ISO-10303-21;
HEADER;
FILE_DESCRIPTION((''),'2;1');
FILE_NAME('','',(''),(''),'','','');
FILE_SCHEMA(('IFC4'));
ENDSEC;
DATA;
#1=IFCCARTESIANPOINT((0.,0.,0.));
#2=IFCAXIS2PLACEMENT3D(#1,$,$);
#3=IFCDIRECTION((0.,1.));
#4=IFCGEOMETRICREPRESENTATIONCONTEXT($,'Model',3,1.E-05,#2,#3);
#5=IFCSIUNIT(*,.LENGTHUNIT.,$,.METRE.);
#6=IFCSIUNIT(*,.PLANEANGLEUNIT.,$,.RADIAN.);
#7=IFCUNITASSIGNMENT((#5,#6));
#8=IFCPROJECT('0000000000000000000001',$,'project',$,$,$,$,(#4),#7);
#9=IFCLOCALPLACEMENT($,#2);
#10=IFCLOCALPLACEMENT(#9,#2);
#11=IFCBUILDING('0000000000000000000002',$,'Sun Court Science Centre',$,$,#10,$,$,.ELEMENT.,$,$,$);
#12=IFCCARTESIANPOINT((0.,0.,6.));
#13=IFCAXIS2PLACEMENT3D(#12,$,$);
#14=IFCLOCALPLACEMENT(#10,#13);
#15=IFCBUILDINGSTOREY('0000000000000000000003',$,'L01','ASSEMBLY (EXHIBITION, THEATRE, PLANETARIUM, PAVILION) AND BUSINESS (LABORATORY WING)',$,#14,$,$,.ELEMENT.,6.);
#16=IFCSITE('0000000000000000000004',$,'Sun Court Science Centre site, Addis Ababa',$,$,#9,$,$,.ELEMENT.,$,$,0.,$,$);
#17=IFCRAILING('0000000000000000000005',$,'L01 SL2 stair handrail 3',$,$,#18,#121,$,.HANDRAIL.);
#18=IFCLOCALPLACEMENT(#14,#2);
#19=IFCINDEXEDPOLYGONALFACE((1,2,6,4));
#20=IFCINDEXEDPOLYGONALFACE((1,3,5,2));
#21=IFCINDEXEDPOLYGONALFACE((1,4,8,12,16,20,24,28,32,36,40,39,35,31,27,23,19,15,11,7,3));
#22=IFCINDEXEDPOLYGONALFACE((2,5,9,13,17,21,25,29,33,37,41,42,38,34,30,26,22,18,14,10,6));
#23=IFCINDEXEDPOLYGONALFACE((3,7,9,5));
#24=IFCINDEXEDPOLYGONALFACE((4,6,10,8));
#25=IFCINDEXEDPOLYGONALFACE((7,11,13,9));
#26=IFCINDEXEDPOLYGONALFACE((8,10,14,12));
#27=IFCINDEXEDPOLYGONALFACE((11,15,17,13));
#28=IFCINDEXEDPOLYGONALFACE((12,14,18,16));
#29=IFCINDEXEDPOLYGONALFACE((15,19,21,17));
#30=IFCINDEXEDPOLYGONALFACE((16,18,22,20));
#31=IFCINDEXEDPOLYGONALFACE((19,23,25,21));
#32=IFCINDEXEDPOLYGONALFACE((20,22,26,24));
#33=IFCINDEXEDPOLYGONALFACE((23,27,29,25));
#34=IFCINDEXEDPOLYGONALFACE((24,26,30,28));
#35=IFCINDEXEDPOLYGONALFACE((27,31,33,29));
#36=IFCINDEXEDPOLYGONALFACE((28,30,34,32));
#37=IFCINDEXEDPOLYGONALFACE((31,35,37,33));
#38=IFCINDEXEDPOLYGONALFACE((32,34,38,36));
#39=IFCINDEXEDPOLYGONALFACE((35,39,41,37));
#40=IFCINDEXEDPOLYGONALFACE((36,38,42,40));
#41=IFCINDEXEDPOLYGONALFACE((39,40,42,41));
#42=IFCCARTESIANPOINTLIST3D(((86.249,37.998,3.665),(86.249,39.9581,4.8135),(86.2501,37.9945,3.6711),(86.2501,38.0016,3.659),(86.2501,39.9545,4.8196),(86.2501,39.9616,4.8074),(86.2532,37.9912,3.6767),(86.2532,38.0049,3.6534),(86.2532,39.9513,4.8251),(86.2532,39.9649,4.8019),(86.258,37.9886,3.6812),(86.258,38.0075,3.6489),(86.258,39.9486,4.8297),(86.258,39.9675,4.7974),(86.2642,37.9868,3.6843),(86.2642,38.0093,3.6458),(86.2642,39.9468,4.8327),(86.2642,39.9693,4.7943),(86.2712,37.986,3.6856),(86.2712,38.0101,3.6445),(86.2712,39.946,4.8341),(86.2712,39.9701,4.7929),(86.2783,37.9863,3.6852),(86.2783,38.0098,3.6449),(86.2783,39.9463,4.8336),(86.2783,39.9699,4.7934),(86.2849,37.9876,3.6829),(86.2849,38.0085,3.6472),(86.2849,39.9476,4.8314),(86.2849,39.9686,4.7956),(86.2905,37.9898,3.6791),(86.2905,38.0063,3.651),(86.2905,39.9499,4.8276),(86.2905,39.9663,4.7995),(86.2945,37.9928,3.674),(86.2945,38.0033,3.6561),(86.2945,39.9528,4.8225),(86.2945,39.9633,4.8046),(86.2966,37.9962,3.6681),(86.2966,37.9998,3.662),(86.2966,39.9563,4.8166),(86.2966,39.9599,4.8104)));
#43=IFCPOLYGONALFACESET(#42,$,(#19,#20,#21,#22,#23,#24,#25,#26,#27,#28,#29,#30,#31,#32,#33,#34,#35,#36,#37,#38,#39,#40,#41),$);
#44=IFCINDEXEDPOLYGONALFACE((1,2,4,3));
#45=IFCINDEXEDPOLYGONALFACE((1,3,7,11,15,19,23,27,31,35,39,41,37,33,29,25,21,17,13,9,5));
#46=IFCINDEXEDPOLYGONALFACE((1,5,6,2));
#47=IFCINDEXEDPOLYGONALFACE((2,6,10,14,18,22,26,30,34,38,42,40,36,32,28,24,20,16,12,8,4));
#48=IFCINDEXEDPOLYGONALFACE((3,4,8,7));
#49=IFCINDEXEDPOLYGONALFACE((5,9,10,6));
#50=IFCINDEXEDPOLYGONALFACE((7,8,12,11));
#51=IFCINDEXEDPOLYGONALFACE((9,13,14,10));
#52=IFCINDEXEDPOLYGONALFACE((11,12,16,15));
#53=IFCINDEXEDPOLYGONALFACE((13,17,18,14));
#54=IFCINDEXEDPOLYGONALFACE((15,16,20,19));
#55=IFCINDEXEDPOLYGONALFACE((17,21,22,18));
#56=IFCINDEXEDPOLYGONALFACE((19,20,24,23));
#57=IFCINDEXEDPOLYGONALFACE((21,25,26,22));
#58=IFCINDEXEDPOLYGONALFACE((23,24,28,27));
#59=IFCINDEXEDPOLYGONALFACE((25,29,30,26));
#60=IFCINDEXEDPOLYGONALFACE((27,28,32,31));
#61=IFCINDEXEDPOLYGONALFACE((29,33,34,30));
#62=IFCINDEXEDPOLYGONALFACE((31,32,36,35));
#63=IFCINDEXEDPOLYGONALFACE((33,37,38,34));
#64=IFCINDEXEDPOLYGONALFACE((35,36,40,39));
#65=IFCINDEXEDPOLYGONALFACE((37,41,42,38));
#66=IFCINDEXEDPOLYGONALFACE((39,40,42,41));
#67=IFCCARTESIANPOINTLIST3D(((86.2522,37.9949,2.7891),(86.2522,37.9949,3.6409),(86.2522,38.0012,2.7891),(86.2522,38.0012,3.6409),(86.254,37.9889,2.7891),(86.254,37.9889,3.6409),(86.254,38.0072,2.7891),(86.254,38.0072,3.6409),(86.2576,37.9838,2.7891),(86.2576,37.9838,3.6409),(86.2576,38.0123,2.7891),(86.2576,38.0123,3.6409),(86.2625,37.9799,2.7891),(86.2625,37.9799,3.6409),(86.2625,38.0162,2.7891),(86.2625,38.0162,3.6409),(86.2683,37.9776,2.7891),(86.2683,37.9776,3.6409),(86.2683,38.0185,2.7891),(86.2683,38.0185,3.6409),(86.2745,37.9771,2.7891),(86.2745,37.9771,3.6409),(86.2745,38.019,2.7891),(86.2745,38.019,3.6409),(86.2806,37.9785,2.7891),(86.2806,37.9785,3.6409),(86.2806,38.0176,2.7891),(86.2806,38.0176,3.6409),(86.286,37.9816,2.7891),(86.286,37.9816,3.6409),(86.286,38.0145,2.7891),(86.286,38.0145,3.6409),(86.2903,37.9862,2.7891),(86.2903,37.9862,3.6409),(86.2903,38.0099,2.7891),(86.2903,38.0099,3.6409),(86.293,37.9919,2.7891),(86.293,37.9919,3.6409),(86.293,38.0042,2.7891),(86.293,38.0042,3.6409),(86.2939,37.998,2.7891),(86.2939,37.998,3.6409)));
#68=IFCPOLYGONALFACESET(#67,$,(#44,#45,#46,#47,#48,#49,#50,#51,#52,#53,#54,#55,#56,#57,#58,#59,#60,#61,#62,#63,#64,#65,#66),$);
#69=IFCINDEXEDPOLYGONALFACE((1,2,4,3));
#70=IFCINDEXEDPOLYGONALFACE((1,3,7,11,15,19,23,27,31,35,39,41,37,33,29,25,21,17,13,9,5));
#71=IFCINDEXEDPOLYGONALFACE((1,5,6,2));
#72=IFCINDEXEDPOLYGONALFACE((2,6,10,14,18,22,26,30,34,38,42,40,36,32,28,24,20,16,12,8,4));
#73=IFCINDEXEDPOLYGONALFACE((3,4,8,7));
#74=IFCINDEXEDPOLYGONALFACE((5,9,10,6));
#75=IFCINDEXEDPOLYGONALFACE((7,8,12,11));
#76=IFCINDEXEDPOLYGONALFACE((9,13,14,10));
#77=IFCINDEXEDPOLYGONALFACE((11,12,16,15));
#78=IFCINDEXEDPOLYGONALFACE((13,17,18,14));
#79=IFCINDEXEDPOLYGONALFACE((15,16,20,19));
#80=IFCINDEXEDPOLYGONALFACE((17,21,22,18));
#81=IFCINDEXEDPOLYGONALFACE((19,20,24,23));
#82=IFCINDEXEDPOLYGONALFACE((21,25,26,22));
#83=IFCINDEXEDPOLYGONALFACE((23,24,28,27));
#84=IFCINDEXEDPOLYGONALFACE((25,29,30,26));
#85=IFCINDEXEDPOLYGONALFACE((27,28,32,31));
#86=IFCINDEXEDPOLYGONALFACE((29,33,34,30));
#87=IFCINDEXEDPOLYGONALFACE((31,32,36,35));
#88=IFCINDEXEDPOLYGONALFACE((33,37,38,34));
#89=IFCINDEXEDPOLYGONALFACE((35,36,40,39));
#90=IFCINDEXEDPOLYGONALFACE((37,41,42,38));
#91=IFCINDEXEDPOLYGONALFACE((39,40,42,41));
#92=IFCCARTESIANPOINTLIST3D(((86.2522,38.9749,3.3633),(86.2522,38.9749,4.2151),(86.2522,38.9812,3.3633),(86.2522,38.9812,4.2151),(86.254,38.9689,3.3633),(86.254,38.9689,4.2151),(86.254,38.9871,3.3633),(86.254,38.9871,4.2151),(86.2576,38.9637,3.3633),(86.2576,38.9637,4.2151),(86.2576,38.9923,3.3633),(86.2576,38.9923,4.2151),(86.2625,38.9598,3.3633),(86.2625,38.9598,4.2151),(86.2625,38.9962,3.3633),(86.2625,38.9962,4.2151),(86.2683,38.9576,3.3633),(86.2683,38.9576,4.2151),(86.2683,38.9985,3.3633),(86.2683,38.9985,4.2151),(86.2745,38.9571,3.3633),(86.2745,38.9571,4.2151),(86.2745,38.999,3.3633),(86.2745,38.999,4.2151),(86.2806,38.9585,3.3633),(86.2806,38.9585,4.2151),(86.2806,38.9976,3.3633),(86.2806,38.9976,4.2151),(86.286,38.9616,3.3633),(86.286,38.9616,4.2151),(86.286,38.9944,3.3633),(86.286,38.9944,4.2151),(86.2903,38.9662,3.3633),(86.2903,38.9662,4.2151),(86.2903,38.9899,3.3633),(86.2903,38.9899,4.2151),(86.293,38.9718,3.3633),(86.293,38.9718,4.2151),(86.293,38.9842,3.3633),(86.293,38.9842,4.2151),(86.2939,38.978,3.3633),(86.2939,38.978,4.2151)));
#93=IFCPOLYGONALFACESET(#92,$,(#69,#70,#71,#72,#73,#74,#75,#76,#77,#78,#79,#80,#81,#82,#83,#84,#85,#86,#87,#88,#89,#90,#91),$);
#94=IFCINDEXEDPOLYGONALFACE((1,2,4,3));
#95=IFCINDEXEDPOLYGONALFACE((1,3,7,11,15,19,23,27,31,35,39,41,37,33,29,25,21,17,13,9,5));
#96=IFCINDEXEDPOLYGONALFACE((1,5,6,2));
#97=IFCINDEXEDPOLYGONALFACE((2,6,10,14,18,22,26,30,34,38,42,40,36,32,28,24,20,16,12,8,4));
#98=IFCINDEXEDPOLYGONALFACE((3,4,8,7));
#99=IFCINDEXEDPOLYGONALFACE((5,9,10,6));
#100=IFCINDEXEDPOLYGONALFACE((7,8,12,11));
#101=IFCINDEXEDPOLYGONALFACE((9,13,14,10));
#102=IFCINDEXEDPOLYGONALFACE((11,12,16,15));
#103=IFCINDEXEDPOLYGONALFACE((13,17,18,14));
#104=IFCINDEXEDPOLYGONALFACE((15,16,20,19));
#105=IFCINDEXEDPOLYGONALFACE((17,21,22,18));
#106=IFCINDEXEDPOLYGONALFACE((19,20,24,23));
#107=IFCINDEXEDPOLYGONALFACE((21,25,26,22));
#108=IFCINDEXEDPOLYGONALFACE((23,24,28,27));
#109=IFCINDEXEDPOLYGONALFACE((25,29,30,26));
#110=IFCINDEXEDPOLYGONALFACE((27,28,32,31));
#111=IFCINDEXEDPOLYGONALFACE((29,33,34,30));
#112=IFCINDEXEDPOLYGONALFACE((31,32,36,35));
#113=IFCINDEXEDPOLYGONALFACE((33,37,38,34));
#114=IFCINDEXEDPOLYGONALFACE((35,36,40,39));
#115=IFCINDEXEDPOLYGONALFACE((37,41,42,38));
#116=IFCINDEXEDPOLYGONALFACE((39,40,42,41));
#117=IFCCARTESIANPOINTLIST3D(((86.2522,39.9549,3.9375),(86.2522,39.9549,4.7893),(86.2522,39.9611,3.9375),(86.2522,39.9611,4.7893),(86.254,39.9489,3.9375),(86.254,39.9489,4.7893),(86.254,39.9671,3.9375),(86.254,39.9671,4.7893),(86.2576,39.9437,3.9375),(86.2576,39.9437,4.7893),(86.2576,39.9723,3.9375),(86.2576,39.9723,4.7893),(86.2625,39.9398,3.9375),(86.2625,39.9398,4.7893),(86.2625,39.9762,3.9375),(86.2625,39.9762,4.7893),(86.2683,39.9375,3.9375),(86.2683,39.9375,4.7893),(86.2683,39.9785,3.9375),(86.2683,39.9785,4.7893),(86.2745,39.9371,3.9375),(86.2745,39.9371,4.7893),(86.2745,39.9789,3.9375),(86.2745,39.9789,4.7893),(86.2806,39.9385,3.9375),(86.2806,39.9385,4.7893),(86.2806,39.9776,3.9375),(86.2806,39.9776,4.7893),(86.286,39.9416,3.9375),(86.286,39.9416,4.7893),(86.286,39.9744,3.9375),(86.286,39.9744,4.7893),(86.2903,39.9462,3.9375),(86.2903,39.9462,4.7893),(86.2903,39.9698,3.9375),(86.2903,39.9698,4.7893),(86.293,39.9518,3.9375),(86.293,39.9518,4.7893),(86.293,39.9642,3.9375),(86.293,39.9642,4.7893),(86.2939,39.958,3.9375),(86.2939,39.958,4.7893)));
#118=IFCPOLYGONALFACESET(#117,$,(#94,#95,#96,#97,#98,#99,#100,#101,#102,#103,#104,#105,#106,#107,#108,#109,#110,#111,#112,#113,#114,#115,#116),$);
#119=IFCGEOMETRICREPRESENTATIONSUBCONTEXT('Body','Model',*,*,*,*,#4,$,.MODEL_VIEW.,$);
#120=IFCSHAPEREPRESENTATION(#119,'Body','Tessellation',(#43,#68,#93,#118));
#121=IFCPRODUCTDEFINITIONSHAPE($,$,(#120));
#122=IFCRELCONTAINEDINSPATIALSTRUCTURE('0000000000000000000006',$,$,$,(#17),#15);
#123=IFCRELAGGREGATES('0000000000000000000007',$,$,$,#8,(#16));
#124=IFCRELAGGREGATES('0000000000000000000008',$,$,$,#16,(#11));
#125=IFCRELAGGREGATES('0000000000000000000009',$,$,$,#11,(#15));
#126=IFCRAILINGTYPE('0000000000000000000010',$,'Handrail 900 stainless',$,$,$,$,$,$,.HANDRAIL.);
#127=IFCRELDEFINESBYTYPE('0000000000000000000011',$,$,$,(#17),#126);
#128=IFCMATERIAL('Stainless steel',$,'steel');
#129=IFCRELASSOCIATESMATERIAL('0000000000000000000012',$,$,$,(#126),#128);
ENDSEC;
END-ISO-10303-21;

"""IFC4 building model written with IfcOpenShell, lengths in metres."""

from ifc_helpers import new_model, si_unit, direction, frame, origin, origin_2d, place, context, subcontext, project, spatial, circle, extrude, material, type_object, element, save


model = new_model("IFC4")

# Units and contexts
model_context = context("Model", 3, precision=1e-05, world=origin(), true_north=direction((0.0, 1.0)))
body_context = subcontext(model_context, "Body", "Model", "MODEL_VIEW")
ifc_project = project(units=[si_unit("LENGTHUNIT", "METRE"), si_unit("PLANEANGLEUNIT", "RADIAN")], contexts=[model_context])

# Site, building, storey
site_placement = place(None, origin())
site = spatial("IfcSite", under=ifc_project, at=site_placement, Name="Sun Court Science Centre site, Addis Ababa", CompositionType="ELEMENT", RefElevation=0.0)
building_placement = place(site_placement, origin())
building = spatial("IfcBuilding", under=site, at=building_placement, Name="Sun Court Science Centre", CompositionType="ELEMENT")
storey_placement = place(building_placement, frame((0.0, 0.0, 6.0)))
storey = spatial("IfcBuildingStorey", under=building, at=storey_placement, Name="L01", Description="ASSEMBLY (EXHIBITION, THEATRE, PLANETARIUM, PAVILION) AND BUSINESS (LABORATORY WING)", CompositionType="ELEMENT", Elevation=6.0)

# Railing
ifc_material_1 = material(Name="Stainless steel", Category="steel")
railing_type_1 = type_object("IfcRailingType", Name="Handrail 900 stainless", PredefinedType="HANDRAIL", material=ifc_material_1)
railing_1_placement = place(storey_placement, frame((86.2729, 37.998, 2.7891)))
element("IfcRailing", 1, at=railing_1_placement, inside=storey, type_object=railing_type_1, Name="L01 SL2 stair handrail 3", PredefinedType="HANDRAIL", context=body_context, shape_type="SweptSolid", body=[
    extrude(circle(Radius=0.0239, at=origin_2d()), frame((0.0, 0.0, 0.876), z_axis=(0.0, 0.862795, 0.505554), x_axis=(-1.0, 0.0, 0.0)), (0.0, 0.0, 1.0), 2.2717),
    extrude(circle(Radius=0.021, at=origin_2d()), origin(), (0.0, 0.0, 1.0), 0.8518),
    extrude(circle(Radius=0.021, at=origin_2d()), frame((0.0, 0.98, 0.5742)), (0.0, 0.0, 1.0), 0.8518),
    extrude(circle(Radius=0.021, at=origin_2d()), frame((0.0, 1.96, 1.1484)), (0.0, 0.0, 1.0), 0.8518),
])

save(model, "model.ifc")
